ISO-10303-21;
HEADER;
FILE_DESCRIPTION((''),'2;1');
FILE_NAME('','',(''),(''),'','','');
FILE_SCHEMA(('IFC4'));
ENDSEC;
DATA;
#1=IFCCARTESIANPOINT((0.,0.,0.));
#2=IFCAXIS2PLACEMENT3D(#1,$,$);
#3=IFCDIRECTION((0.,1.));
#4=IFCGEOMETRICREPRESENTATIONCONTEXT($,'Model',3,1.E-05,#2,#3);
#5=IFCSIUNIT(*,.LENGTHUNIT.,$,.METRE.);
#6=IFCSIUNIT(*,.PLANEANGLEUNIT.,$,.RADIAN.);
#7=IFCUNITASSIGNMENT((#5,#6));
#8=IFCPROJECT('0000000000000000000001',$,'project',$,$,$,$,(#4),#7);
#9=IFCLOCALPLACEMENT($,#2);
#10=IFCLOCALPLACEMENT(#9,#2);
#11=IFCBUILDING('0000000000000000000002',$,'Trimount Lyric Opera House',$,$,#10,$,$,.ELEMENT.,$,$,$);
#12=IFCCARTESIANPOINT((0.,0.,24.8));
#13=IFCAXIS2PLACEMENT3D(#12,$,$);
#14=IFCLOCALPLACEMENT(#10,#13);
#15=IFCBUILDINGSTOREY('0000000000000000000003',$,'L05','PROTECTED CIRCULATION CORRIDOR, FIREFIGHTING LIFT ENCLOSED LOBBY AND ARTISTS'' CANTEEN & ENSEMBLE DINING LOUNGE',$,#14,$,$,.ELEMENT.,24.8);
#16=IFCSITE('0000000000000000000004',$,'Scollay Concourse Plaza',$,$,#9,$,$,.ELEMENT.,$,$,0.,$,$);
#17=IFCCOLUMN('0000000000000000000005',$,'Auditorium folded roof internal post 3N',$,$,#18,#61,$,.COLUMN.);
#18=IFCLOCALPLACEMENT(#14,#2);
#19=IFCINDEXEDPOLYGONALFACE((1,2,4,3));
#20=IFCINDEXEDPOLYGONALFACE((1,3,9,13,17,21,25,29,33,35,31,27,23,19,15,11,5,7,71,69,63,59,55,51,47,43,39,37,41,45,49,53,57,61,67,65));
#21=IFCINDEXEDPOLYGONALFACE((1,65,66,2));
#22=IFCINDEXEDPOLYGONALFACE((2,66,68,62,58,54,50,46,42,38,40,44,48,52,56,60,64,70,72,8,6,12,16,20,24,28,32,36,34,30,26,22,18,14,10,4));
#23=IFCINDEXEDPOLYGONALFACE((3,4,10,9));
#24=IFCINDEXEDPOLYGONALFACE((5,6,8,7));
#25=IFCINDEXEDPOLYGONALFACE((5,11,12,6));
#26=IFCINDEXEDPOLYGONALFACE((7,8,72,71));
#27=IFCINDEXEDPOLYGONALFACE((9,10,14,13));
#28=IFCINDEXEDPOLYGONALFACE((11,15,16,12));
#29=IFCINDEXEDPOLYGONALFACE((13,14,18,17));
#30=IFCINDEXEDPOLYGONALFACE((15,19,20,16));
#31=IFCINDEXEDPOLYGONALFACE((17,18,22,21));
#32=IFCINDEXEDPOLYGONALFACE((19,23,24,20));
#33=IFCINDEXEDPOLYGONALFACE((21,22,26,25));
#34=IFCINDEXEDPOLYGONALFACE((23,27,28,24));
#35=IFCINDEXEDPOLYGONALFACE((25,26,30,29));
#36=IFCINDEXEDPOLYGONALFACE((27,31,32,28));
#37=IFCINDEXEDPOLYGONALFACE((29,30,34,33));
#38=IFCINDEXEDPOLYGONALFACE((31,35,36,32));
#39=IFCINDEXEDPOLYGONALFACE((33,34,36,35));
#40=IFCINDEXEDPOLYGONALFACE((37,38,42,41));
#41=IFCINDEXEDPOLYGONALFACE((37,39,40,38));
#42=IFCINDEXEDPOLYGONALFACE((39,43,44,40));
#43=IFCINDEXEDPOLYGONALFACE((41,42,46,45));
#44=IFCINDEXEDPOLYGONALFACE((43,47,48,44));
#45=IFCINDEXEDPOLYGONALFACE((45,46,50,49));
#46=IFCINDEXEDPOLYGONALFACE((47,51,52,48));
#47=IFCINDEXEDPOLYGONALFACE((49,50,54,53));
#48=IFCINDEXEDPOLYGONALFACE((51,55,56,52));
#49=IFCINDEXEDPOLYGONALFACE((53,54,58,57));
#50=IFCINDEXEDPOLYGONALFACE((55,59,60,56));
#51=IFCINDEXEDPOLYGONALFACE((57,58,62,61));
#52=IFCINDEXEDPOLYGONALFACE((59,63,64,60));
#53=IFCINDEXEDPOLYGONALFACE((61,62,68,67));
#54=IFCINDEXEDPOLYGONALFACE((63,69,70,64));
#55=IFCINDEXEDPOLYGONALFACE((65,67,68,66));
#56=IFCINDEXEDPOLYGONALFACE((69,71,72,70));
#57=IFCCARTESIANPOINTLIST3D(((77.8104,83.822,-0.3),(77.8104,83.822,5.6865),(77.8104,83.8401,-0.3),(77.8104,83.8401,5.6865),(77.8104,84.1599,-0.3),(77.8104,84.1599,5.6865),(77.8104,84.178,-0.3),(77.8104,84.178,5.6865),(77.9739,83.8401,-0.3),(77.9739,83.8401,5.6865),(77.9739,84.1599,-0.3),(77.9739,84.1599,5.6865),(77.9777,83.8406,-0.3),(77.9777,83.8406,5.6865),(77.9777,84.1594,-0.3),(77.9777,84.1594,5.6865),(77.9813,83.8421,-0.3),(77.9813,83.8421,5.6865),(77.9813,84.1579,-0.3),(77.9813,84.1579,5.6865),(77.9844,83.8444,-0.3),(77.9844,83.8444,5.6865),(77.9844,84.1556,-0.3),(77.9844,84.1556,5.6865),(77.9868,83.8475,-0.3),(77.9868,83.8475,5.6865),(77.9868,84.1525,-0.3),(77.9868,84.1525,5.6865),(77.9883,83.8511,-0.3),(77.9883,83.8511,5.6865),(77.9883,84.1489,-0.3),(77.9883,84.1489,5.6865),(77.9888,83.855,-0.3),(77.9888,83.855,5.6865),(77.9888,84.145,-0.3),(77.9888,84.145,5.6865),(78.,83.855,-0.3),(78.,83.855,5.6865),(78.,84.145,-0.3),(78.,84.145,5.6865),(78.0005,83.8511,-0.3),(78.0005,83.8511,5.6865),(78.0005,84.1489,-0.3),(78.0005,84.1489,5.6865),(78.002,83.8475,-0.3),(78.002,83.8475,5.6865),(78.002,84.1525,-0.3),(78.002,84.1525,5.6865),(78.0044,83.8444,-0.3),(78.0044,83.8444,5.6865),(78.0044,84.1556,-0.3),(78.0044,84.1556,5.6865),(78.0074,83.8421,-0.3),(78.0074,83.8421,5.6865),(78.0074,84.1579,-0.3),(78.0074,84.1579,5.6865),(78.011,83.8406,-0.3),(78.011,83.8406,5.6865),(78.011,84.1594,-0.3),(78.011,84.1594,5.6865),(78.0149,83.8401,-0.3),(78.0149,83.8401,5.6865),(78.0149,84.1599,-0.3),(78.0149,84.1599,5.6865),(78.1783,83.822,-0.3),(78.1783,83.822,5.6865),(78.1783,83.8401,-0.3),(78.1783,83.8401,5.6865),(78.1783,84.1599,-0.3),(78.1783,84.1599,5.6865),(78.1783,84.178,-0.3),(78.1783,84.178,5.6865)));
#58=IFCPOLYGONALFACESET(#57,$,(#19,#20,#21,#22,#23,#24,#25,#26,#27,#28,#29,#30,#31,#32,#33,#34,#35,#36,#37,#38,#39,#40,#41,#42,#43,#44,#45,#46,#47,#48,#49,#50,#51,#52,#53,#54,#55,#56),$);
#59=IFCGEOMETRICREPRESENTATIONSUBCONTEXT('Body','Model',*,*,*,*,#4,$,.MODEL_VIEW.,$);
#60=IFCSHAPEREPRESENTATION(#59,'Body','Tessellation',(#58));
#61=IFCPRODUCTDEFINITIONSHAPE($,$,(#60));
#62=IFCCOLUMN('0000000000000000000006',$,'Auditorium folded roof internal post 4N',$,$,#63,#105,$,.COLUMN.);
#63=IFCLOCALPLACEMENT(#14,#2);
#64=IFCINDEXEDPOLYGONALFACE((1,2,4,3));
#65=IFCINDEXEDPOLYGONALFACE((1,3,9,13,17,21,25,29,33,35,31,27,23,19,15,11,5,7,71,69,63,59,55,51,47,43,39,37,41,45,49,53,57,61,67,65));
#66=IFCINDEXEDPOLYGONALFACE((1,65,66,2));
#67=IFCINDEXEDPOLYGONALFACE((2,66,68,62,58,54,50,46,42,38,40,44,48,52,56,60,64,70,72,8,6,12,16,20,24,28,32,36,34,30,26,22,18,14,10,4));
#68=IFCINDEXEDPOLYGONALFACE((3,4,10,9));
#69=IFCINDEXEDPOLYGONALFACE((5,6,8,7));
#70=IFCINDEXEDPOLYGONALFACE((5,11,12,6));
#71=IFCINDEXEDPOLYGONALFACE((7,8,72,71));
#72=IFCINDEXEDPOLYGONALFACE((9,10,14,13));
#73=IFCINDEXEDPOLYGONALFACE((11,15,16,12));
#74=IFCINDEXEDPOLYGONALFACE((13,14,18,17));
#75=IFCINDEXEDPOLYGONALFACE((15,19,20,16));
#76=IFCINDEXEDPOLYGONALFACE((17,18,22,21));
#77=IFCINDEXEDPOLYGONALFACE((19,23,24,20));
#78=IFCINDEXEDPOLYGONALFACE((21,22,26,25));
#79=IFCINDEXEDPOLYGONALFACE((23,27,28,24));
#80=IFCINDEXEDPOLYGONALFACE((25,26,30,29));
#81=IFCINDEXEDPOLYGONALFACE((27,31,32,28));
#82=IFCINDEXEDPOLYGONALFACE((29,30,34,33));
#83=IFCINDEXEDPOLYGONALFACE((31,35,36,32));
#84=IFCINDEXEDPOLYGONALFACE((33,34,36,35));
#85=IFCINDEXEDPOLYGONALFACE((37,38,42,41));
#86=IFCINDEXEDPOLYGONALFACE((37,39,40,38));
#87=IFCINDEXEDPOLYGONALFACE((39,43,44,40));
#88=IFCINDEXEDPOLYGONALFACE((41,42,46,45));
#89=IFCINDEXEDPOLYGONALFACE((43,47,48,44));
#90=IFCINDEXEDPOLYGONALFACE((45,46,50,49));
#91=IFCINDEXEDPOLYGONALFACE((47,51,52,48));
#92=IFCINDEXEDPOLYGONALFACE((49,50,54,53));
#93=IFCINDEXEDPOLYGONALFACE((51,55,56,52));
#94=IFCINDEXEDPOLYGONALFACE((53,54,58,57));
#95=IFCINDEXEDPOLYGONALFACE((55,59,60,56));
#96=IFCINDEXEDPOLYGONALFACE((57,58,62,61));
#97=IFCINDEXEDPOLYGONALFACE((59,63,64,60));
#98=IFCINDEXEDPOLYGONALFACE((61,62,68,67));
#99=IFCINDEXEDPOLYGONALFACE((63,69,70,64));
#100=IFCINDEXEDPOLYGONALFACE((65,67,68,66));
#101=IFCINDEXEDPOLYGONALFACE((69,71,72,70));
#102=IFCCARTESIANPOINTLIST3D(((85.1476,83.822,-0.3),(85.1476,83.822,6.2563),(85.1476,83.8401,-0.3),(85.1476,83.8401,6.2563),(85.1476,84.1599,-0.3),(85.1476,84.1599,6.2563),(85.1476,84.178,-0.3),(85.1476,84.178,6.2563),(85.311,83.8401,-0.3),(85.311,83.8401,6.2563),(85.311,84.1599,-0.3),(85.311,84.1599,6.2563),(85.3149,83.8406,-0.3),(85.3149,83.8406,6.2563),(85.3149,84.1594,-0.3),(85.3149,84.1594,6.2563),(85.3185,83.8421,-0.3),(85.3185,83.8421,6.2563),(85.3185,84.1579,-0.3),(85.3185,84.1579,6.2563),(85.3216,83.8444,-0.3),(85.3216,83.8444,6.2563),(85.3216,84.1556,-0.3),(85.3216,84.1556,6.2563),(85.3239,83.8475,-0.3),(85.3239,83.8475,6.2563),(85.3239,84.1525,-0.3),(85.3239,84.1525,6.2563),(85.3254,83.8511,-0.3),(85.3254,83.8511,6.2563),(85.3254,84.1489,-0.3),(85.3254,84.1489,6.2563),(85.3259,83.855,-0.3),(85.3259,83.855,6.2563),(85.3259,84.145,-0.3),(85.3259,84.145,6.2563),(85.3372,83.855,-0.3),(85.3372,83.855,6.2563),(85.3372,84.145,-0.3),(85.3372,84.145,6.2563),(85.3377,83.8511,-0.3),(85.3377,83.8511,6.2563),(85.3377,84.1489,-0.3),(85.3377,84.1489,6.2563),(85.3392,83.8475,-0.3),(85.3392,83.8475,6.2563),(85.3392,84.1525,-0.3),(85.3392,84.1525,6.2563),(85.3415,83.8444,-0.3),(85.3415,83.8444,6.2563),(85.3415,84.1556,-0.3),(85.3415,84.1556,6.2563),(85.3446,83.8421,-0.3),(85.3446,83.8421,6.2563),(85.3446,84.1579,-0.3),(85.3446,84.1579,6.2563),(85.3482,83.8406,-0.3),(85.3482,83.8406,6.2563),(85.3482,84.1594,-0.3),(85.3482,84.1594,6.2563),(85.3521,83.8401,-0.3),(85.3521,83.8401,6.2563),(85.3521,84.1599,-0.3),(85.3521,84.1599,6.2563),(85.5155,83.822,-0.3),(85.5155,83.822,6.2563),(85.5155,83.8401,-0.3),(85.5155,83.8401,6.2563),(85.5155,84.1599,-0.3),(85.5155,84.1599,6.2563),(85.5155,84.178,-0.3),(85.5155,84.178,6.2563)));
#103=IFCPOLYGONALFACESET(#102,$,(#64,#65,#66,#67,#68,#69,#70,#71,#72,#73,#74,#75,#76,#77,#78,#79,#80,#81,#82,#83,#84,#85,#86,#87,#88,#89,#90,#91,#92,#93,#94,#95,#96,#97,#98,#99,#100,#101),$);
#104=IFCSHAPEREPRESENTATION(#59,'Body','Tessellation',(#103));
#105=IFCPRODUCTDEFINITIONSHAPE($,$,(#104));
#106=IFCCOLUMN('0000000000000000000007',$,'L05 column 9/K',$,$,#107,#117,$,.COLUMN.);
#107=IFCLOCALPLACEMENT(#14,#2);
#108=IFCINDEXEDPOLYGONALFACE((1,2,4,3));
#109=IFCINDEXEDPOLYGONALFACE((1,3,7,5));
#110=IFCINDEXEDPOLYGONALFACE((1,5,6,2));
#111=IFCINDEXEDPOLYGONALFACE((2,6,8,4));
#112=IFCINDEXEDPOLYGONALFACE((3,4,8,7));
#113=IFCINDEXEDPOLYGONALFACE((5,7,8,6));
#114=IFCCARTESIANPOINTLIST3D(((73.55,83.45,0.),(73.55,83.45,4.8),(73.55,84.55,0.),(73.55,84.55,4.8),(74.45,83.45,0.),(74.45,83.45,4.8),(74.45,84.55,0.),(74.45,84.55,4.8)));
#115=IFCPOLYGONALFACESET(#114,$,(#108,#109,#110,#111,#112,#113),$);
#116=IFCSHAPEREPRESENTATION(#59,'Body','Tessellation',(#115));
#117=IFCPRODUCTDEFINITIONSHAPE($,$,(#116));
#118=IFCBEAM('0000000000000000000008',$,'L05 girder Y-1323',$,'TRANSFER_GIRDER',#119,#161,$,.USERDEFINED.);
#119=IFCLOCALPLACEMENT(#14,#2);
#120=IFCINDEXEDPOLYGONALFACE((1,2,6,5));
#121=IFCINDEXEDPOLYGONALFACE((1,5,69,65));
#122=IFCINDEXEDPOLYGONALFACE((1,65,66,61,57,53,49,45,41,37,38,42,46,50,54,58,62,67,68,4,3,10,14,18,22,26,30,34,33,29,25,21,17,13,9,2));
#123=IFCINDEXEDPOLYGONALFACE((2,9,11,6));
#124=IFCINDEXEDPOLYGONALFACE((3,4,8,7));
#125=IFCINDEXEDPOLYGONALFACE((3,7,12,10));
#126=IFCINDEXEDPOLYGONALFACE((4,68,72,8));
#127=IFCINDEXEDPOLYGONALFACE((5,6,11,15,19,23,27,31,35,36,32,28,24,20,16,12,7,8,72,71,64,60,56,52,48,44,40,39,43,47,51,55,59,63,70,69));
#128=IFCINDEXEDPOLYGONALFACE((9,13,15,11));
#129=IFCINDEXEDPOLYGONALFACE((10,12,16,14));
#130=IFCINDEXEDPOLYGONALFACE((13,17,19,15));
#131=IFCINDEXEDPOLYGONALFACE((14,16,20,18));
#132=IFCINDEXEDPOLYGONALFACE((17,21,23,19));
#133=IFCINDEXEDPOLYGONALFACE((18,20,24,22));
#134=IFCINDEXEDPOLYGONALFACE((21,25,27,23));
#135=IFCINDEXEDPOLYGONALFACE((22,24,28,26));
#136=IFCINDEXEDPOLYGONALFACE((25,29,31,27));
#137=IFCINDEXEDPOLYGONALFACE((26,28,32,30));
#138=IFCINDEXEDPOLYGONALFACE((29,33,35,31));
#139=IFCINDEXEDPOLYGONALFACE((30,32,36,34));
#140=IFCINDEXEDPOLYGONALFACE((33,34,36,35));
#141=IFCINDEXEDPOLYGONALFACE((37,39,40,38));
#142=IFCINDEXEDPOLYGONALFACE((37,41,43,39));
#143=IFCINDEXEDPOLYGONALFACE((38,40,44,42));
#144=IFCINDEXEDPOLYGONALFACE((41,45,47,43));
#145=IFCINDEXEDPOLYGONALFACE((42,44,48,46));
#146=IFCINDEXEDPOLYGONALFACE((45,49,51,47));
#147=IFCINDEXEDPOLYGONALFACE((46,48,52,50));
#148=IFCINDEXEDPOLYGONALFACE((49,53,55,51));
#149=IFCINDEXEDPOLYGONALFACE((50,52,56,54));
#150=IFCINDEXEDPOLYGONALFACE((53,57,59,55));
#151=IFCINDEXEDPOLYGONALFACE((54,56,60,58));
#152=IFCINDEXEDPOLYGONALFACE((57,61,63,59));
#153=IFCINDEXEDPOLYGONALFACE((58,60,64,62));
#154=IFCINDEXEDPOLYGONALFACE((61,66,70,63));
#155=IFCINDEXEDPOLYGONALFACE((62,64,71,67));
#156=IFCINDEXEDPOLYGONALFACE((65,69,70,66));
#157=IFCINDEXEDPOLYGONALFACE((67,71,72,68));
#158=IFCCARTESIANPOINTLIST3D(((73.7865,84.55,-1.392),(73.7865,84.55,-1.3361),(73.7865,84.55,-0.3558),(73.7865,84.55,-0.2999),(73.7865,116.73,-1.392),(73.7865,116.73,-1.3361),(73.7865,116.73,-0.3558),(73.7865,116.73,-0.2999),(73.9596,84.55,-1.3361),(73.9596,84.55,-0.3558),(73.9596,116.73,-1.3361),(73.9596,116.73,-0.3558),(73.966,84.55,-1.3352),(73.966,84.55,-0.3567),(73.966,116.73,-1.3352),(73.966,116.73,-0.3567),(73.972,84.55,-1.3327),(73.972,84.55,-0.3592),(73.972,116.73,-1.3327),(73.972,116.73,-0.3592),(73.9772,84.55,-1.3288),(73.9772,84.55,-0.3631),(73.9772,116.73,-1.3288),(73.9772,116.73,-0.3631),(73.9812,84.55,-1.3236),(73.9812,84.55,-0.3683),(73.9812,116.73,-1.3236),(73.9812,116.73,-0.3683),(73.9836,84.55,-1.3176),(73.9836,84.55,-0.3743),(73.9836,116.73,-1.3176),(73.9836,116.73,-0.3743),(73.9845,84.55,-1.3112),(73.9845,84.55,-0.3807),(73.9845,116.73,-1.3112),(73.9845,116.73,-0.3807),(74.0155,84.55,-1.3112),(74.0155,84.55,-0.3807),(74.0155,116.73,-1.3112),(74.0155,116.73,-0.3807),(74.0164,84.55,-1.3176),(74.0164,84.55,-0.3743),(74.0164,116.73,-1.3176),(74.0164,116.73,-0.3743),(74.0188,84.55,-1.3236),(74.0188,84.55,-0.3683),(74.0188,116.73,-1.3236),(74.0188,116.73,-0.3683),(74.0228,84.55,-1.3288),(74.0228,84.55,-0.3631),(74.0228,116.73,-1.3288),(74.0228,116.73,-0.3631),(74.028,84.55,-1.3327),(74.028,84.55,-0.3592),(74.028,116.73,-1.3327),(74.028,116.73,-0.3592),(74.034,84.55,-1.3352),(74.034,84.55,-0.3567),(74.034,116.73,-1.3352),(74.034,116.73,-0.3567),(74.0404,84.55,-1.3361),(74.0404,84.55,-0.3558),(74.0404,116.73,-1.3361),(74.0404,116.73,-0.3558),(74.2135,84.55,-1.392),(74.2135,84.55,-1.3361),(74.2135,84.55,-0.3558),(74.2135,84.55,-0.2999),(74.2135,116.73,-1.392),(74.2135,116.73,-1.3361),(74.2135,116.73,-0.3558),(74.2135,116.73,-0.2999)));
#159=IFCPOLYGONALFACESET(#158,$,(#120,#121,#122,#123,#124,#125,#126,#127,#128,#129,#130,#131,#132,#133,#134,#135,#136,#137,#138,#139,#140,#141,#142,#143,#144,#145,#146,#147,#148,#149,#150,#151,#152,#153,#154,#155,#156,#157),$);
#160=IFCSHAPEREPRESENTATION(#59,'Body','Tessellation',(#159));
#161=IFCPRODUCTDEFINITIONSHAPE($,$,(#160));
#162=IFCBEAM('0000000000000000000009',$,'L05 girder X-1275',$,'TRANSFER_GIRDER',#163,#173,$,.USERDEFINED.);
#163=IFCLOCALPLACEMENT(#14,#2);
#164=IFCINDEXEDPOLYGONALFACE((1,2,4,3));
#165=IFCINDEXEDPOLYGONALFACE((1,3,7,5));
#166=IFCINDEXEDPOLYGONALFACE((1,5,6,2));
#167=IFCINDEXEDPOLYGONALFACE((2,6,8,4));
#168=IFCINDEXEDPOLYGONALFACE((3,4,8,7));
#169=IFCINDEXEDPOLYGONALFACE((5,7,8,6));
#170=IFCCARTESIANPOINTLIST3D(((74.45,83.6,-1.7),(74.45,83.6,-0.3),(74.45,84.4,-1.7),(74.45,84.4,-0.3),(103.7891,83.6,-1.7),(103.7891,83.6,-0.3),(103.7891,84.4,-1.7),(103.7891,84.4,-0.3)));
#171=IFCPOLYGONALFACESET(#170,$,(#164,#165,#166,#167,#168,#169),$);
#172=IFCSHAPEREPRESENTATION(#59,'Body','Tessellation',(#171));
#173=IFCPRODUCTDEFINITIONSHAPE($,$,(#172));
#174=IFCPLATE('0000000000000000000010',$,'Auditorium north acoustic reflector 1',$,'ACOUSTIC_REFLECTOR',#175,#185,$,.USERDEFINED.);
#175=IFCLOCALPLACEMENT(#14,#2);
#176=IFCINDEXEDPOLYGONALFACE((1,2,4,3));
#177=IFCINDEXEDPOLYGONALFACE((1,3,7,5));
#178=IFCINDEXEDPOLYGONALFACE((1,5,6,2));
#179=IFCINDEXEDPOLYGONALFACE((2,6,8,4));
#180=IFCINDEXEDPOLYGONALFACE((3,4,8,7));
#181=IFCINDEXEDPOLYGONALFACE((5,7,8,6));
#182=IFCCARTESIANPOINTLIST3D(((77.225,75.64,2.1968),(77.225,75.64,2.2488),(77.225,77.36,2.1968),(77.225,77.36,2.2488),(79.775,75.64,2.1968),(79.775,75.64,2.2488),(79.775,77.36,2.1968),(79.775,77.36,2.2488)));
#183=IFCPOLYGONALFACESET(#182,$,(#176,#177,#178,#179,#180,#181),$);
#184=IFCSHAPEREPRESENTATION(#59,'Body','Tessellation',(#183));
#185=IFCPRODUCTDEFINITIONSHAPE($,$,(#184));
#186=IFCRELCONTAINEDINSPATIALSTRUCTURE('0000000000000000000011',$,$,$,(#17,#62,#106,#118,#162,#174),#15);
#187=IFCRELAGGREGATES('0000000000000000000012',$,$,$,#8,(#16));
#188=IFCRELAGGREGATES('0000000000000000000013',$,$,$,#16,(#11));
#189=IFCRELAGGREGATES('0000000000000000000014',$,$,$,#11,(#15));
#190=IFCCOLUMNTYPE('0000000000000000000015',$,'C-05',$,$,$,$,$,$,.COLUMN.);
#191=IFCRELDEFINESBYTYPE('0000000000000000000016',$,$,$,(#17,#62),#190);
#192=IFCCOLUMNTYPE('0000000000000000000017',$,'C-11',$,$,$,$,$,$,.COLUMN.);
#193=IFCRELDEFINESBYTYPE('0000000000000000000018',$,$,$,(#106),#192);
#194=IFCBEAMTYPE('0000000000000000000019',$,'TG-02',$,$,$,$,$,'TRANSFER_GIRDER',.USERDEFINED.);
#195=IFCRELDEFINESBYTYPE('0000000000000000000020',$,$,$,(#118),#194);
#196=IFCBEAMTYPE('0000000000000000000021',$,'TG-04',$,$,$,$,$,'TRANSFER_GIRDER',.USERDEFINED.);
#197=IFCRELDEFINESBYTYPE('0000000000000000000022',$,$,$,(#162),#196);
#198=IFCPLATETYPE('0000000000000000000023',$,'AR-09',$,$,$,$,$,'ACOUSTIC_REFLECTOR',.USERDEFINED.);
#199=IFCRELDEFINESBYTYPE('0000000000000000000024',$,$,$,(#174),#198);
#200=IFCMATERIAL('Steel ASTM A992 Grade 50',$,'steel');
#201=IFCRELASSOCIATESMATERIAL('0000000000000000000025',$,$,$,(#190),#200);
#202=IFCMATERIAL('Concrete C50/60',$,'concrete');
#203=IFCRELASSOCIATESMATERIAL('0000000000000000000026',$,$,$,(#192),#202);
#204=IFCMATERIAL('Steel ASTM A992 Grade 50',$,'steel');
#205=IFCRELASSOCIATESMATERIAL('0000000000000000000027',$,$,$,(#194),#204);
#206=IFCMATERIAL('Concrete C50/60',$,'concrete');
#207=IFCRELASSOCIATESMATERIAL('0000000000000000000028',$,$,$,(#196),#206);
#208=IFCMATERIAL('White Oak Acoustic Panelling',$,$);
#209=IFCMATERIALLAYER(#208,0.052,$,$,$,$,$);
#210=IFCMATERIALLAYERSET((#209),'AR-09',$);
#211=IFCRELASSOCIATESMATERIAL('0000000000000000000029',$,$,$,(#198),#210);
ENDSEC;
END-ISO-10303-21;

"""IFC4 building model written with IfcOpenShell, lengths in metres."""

from ifc_helpers import new_model, si_unit, direction, frame, origin, origin_2d, place, context, subcontext, project, spatial, rectangle, i_section, extrude, material, layer, layer_set, material_profile, profile_set, type_object, element, save


model = new_model("IFC4")

# Units and contexts
model_context = context("Model", 3, precision=1e-05, world=origin(), true_north=direction((0.0, 1.0)))
body_context = subcontext(model_context, "Body", "Model", "MODEL_VIEW")
ifc_project = project(units=[si_unit("LENGTHUNIT", "METRE"), si_unit("PLANEANGLEUNIT", "RADIAN")], contexts=[model_context])

# Site, building, storey
site_placement = place(None, origin())
site = spatial("IfcSite", under=ifc_project, at=site_placement, Name="Scollay Concourse Plaza", CompositionType="ELEMENT", RefElevation=0.0)
building_placement = place(site_placement, origin())
building = spatial("IfcBuilding", under=site, at=building_placement, Name="Trimount Lyric Opera House", CompositionType="ELEMENT")
storey_placement = place(building_placement, frame((0.0, 0.0, 24.8)))
storey = spatial("IfcBuildingStorey", under=building, at=storey_placement, Name="L05", Description="PROTECTED CIRCULATION CORRIDOR, FIREFIGHTING LIFT ENCLOSED LOBBY AND ARTISTS' CANTEEN & ENSEMBLE DINING LOUNGE", CompositionType="ELEMENT", Elevation=24.8)

# Columns
ifc_material_1 = material(Name="Steel ASTM A992 Grade 50", Category="steel")
ifc_material_profile_1 = material_profile(ifc_material_1, i_section(OverallWidth=0.3679, OverallDepth=0.356, WebThickness=0.0112, FlangeThickness=0.0181, FilletRadius=0.0149, at=origin_2d()), Name="W14X90")
ifc_profile_set_1 = profile_set([ifc_material_profile_1], Name="Steel ASTM A992 Grade 50")
column_type_1 = type_object("IfcColumnType", Name="C-05", PredefinedType="COLUMN", material=ifc_profile_set_1)
column_1_placement = place(storey_placement, frame((77.9944, 84.0, -0.3), z_axis=(0.0, 0.0, 1.0), x_axis=(1.0, 0.0, 0.0)))
element("IfcColumn", 1, at=column_1_placement, inside=storey, type_object=column_type_1, Name="Auditorium folded roof internal post 3N", PredefinedType="COLUMN", context=body_context, shape_type="SweptSolid", body=[
    extrude(i_section(OverallWidth=0.3679, OverallDepth=0.356, WebThickness=0.0112, FlangeThickness=0.0181, FilletRadius=0.0149, at=origin_2d()), origin(), (0.0, 0.0, 1.0), 5.9866),
])
column_2_placement = place(storey_placement, frame((85.3315, 84.0, -0.3), z_axis=(0.0, 0.0, 1.0), x_axis=(1.0, 0.0, 0.0)))
element("IfcColumn", 2, at=column_2_placement, inside=storey, type_object=column_type_1, Name="Auditorium folded roof internal post 4N", PredefinedType="COLUMN", context=body_context, shape_type="SweptSolid", body=[
    extrude(i_section(OverallWidth=0.3679, OverallDepth=0.356, WebThickness=0.0112, FlangeThickness=0.0181, FilletRadius=0.0149, at=origin_2d()), origin(), (0.0, 0.0, 1.0), 6.5564),
])
ifc_material_2 = material(Name="Concrete C50/60", Category="concrete")
ifc_material_profile_2 = material_profile(ifc_material_2, rectangle(XDim=0.8999, YDim=1.1001, at=origin_2d()), Name="RC1100X900")
ifc_profile_set_2 = profile_set([ifc_material_profile_2], Name="Concrete C50/60")
column_type_2 = type_object("IfcColumnType", Name="C-11", PredefinedType="COLUMN", material=ifc_profile_set_2)
column_3_placement = place(storey_placement, frame((74.0, 84.0, 0.0), z_axis=(0.0, 0.0, 1.0), x_axis=(1.0, 0.0, 0.0)))
element("IfcColumn", 3, at=column_3_placement, inside=storey, type_object=column_type_2, Name="L05 column 9/K", PredefinedType="COLUMN", context=body_context, shape_type="SweptSolid", body=[
    extrude(rectangle(XDim=0.8999, YDim=1.1001, at=origin_2d()), origin(), (0.0, 0.0, 1.0), 4.8),
])

# Beams
ifc_material_3 = material(Name="Steel ASTM A992 Grade 50", Category="steel")
ifc_material_profile_3 = material_profile(ifc_material_3, i_section(OverallWidth=0.427, OverallDepth=1.092, WebThickness=0.031, FlangeThickness=0.0559, FilletRadius=0.0249, at=origin_2d()), Name="W40X397")
ifc_profile_set_3 = profile_set([ifc_material_profile_3], Name="Steel ASTM A992 Grade 50")
beam_type_1 = type_object("IfcBeamType", Name="TG-02", ElementType="TRANSFER_GIRDER", PredefinedType="USERDEFINED", material=ifc_profile_set_3)
beam_1_placement = place(storey_placement, frame((74.0, 84.55, -0.8459), z_axis=(0.0, 1.0, 0.0), x_axis=(-1.0, 0.0, 0.0)))
element("IfcBeam", 4, at=beam_1_placement, inside=storey, type_object=beam_type_1, Name="L05 girder Y-1323", ObjectType="TRANSFER_GIRDER", PredefinedType="USERDEFINED", context=body_context, shape_type="SweptSolid", body=[
    extrude(i_section(OverallWidth=0.427, OverallDepth=1.092, WebThickness=0.031, FlangeThickness=0.0559, FilletRadius=0.0249, at=origin_2d()), origin(), (0.0, 0.0, 1.0), 32.1799),
])
ifc_material_4 = material(Name="Concrete C50/60", Category="concrete")
ifc_material_profile_4 = material_profile(ifc_material_4, rectangle(XDim=0.8, YDim=1.3999, at=origin_2d()), Name="RC800X1400")
ifc_profile_set_4 = profile_set([ifc_material_profile_4], Name="Concrete C50/60")
beam_type_2 = type_object("IfcBeamType", Name="TG-04", ElementType="TRANSFER_GIRDER", PredefinedType="USERDEFINED", material=ifc_profile_set_4)
beam_2_placement = place(storey_placement, frame((74.45, 84.0, -1.0), z_axis=(1.0, 0.0, 0.0), x_axis=(0.0, 1.0, 0.0)))
element("IfcBeam", 5, at=beam_2_placement, inside=storey, type_object=beam_type_2, Name="L05 girder X-1275", ObjectType="TRANSFER_GIRDER", PredefinedType="USERDEFINED", context=body_context, shape_type="SweptSolid", body=[
    extrude(rectangle(XDim=0.8, YDim=1.3999, at=origin_2d()), origin(), (0.0, 0.0, 1.0), 29.3391),
])

# Plate
ifc_material_5 = material(Name="White Oak Acoustic Panelling")
ifc_layer_1 = layer(ifc_material_5, 0.052)
ifc_layer_set_1 = layer_set([ifc_layer_1], Name="AR-09")
plate_type = type_object("IfcPlateType", Name="AR-09", ElementType="ACOUSTIC_REFLECTOR", PredefinedType="USERDEFINED", material=ifc_layer_set_1)
plate_placement = place(storey_placement, frame((78.5, 76.5, 2.1968), z_axis=(0.0, 0.0, 1.0), x_axis=(1.0, 0.0, 0.0)))
element("IfcPlate", 6, at=plate_placement, inside=storey, type_object=plate_type, Name="Auditorium north acoustic reflector 1", ObjectType="ACOUSTIC_REFLECTOR", PredefinedType="USERDEFINED", context=body_context, shape_type="SweptSolid", body=[
    extrude(rectangle(XDim=2.55, YDim=1.72, at=origin_2d()), origin(), (0.0, 0.0, 1.0), 0.052),
])

save(model, "model.ifc")
